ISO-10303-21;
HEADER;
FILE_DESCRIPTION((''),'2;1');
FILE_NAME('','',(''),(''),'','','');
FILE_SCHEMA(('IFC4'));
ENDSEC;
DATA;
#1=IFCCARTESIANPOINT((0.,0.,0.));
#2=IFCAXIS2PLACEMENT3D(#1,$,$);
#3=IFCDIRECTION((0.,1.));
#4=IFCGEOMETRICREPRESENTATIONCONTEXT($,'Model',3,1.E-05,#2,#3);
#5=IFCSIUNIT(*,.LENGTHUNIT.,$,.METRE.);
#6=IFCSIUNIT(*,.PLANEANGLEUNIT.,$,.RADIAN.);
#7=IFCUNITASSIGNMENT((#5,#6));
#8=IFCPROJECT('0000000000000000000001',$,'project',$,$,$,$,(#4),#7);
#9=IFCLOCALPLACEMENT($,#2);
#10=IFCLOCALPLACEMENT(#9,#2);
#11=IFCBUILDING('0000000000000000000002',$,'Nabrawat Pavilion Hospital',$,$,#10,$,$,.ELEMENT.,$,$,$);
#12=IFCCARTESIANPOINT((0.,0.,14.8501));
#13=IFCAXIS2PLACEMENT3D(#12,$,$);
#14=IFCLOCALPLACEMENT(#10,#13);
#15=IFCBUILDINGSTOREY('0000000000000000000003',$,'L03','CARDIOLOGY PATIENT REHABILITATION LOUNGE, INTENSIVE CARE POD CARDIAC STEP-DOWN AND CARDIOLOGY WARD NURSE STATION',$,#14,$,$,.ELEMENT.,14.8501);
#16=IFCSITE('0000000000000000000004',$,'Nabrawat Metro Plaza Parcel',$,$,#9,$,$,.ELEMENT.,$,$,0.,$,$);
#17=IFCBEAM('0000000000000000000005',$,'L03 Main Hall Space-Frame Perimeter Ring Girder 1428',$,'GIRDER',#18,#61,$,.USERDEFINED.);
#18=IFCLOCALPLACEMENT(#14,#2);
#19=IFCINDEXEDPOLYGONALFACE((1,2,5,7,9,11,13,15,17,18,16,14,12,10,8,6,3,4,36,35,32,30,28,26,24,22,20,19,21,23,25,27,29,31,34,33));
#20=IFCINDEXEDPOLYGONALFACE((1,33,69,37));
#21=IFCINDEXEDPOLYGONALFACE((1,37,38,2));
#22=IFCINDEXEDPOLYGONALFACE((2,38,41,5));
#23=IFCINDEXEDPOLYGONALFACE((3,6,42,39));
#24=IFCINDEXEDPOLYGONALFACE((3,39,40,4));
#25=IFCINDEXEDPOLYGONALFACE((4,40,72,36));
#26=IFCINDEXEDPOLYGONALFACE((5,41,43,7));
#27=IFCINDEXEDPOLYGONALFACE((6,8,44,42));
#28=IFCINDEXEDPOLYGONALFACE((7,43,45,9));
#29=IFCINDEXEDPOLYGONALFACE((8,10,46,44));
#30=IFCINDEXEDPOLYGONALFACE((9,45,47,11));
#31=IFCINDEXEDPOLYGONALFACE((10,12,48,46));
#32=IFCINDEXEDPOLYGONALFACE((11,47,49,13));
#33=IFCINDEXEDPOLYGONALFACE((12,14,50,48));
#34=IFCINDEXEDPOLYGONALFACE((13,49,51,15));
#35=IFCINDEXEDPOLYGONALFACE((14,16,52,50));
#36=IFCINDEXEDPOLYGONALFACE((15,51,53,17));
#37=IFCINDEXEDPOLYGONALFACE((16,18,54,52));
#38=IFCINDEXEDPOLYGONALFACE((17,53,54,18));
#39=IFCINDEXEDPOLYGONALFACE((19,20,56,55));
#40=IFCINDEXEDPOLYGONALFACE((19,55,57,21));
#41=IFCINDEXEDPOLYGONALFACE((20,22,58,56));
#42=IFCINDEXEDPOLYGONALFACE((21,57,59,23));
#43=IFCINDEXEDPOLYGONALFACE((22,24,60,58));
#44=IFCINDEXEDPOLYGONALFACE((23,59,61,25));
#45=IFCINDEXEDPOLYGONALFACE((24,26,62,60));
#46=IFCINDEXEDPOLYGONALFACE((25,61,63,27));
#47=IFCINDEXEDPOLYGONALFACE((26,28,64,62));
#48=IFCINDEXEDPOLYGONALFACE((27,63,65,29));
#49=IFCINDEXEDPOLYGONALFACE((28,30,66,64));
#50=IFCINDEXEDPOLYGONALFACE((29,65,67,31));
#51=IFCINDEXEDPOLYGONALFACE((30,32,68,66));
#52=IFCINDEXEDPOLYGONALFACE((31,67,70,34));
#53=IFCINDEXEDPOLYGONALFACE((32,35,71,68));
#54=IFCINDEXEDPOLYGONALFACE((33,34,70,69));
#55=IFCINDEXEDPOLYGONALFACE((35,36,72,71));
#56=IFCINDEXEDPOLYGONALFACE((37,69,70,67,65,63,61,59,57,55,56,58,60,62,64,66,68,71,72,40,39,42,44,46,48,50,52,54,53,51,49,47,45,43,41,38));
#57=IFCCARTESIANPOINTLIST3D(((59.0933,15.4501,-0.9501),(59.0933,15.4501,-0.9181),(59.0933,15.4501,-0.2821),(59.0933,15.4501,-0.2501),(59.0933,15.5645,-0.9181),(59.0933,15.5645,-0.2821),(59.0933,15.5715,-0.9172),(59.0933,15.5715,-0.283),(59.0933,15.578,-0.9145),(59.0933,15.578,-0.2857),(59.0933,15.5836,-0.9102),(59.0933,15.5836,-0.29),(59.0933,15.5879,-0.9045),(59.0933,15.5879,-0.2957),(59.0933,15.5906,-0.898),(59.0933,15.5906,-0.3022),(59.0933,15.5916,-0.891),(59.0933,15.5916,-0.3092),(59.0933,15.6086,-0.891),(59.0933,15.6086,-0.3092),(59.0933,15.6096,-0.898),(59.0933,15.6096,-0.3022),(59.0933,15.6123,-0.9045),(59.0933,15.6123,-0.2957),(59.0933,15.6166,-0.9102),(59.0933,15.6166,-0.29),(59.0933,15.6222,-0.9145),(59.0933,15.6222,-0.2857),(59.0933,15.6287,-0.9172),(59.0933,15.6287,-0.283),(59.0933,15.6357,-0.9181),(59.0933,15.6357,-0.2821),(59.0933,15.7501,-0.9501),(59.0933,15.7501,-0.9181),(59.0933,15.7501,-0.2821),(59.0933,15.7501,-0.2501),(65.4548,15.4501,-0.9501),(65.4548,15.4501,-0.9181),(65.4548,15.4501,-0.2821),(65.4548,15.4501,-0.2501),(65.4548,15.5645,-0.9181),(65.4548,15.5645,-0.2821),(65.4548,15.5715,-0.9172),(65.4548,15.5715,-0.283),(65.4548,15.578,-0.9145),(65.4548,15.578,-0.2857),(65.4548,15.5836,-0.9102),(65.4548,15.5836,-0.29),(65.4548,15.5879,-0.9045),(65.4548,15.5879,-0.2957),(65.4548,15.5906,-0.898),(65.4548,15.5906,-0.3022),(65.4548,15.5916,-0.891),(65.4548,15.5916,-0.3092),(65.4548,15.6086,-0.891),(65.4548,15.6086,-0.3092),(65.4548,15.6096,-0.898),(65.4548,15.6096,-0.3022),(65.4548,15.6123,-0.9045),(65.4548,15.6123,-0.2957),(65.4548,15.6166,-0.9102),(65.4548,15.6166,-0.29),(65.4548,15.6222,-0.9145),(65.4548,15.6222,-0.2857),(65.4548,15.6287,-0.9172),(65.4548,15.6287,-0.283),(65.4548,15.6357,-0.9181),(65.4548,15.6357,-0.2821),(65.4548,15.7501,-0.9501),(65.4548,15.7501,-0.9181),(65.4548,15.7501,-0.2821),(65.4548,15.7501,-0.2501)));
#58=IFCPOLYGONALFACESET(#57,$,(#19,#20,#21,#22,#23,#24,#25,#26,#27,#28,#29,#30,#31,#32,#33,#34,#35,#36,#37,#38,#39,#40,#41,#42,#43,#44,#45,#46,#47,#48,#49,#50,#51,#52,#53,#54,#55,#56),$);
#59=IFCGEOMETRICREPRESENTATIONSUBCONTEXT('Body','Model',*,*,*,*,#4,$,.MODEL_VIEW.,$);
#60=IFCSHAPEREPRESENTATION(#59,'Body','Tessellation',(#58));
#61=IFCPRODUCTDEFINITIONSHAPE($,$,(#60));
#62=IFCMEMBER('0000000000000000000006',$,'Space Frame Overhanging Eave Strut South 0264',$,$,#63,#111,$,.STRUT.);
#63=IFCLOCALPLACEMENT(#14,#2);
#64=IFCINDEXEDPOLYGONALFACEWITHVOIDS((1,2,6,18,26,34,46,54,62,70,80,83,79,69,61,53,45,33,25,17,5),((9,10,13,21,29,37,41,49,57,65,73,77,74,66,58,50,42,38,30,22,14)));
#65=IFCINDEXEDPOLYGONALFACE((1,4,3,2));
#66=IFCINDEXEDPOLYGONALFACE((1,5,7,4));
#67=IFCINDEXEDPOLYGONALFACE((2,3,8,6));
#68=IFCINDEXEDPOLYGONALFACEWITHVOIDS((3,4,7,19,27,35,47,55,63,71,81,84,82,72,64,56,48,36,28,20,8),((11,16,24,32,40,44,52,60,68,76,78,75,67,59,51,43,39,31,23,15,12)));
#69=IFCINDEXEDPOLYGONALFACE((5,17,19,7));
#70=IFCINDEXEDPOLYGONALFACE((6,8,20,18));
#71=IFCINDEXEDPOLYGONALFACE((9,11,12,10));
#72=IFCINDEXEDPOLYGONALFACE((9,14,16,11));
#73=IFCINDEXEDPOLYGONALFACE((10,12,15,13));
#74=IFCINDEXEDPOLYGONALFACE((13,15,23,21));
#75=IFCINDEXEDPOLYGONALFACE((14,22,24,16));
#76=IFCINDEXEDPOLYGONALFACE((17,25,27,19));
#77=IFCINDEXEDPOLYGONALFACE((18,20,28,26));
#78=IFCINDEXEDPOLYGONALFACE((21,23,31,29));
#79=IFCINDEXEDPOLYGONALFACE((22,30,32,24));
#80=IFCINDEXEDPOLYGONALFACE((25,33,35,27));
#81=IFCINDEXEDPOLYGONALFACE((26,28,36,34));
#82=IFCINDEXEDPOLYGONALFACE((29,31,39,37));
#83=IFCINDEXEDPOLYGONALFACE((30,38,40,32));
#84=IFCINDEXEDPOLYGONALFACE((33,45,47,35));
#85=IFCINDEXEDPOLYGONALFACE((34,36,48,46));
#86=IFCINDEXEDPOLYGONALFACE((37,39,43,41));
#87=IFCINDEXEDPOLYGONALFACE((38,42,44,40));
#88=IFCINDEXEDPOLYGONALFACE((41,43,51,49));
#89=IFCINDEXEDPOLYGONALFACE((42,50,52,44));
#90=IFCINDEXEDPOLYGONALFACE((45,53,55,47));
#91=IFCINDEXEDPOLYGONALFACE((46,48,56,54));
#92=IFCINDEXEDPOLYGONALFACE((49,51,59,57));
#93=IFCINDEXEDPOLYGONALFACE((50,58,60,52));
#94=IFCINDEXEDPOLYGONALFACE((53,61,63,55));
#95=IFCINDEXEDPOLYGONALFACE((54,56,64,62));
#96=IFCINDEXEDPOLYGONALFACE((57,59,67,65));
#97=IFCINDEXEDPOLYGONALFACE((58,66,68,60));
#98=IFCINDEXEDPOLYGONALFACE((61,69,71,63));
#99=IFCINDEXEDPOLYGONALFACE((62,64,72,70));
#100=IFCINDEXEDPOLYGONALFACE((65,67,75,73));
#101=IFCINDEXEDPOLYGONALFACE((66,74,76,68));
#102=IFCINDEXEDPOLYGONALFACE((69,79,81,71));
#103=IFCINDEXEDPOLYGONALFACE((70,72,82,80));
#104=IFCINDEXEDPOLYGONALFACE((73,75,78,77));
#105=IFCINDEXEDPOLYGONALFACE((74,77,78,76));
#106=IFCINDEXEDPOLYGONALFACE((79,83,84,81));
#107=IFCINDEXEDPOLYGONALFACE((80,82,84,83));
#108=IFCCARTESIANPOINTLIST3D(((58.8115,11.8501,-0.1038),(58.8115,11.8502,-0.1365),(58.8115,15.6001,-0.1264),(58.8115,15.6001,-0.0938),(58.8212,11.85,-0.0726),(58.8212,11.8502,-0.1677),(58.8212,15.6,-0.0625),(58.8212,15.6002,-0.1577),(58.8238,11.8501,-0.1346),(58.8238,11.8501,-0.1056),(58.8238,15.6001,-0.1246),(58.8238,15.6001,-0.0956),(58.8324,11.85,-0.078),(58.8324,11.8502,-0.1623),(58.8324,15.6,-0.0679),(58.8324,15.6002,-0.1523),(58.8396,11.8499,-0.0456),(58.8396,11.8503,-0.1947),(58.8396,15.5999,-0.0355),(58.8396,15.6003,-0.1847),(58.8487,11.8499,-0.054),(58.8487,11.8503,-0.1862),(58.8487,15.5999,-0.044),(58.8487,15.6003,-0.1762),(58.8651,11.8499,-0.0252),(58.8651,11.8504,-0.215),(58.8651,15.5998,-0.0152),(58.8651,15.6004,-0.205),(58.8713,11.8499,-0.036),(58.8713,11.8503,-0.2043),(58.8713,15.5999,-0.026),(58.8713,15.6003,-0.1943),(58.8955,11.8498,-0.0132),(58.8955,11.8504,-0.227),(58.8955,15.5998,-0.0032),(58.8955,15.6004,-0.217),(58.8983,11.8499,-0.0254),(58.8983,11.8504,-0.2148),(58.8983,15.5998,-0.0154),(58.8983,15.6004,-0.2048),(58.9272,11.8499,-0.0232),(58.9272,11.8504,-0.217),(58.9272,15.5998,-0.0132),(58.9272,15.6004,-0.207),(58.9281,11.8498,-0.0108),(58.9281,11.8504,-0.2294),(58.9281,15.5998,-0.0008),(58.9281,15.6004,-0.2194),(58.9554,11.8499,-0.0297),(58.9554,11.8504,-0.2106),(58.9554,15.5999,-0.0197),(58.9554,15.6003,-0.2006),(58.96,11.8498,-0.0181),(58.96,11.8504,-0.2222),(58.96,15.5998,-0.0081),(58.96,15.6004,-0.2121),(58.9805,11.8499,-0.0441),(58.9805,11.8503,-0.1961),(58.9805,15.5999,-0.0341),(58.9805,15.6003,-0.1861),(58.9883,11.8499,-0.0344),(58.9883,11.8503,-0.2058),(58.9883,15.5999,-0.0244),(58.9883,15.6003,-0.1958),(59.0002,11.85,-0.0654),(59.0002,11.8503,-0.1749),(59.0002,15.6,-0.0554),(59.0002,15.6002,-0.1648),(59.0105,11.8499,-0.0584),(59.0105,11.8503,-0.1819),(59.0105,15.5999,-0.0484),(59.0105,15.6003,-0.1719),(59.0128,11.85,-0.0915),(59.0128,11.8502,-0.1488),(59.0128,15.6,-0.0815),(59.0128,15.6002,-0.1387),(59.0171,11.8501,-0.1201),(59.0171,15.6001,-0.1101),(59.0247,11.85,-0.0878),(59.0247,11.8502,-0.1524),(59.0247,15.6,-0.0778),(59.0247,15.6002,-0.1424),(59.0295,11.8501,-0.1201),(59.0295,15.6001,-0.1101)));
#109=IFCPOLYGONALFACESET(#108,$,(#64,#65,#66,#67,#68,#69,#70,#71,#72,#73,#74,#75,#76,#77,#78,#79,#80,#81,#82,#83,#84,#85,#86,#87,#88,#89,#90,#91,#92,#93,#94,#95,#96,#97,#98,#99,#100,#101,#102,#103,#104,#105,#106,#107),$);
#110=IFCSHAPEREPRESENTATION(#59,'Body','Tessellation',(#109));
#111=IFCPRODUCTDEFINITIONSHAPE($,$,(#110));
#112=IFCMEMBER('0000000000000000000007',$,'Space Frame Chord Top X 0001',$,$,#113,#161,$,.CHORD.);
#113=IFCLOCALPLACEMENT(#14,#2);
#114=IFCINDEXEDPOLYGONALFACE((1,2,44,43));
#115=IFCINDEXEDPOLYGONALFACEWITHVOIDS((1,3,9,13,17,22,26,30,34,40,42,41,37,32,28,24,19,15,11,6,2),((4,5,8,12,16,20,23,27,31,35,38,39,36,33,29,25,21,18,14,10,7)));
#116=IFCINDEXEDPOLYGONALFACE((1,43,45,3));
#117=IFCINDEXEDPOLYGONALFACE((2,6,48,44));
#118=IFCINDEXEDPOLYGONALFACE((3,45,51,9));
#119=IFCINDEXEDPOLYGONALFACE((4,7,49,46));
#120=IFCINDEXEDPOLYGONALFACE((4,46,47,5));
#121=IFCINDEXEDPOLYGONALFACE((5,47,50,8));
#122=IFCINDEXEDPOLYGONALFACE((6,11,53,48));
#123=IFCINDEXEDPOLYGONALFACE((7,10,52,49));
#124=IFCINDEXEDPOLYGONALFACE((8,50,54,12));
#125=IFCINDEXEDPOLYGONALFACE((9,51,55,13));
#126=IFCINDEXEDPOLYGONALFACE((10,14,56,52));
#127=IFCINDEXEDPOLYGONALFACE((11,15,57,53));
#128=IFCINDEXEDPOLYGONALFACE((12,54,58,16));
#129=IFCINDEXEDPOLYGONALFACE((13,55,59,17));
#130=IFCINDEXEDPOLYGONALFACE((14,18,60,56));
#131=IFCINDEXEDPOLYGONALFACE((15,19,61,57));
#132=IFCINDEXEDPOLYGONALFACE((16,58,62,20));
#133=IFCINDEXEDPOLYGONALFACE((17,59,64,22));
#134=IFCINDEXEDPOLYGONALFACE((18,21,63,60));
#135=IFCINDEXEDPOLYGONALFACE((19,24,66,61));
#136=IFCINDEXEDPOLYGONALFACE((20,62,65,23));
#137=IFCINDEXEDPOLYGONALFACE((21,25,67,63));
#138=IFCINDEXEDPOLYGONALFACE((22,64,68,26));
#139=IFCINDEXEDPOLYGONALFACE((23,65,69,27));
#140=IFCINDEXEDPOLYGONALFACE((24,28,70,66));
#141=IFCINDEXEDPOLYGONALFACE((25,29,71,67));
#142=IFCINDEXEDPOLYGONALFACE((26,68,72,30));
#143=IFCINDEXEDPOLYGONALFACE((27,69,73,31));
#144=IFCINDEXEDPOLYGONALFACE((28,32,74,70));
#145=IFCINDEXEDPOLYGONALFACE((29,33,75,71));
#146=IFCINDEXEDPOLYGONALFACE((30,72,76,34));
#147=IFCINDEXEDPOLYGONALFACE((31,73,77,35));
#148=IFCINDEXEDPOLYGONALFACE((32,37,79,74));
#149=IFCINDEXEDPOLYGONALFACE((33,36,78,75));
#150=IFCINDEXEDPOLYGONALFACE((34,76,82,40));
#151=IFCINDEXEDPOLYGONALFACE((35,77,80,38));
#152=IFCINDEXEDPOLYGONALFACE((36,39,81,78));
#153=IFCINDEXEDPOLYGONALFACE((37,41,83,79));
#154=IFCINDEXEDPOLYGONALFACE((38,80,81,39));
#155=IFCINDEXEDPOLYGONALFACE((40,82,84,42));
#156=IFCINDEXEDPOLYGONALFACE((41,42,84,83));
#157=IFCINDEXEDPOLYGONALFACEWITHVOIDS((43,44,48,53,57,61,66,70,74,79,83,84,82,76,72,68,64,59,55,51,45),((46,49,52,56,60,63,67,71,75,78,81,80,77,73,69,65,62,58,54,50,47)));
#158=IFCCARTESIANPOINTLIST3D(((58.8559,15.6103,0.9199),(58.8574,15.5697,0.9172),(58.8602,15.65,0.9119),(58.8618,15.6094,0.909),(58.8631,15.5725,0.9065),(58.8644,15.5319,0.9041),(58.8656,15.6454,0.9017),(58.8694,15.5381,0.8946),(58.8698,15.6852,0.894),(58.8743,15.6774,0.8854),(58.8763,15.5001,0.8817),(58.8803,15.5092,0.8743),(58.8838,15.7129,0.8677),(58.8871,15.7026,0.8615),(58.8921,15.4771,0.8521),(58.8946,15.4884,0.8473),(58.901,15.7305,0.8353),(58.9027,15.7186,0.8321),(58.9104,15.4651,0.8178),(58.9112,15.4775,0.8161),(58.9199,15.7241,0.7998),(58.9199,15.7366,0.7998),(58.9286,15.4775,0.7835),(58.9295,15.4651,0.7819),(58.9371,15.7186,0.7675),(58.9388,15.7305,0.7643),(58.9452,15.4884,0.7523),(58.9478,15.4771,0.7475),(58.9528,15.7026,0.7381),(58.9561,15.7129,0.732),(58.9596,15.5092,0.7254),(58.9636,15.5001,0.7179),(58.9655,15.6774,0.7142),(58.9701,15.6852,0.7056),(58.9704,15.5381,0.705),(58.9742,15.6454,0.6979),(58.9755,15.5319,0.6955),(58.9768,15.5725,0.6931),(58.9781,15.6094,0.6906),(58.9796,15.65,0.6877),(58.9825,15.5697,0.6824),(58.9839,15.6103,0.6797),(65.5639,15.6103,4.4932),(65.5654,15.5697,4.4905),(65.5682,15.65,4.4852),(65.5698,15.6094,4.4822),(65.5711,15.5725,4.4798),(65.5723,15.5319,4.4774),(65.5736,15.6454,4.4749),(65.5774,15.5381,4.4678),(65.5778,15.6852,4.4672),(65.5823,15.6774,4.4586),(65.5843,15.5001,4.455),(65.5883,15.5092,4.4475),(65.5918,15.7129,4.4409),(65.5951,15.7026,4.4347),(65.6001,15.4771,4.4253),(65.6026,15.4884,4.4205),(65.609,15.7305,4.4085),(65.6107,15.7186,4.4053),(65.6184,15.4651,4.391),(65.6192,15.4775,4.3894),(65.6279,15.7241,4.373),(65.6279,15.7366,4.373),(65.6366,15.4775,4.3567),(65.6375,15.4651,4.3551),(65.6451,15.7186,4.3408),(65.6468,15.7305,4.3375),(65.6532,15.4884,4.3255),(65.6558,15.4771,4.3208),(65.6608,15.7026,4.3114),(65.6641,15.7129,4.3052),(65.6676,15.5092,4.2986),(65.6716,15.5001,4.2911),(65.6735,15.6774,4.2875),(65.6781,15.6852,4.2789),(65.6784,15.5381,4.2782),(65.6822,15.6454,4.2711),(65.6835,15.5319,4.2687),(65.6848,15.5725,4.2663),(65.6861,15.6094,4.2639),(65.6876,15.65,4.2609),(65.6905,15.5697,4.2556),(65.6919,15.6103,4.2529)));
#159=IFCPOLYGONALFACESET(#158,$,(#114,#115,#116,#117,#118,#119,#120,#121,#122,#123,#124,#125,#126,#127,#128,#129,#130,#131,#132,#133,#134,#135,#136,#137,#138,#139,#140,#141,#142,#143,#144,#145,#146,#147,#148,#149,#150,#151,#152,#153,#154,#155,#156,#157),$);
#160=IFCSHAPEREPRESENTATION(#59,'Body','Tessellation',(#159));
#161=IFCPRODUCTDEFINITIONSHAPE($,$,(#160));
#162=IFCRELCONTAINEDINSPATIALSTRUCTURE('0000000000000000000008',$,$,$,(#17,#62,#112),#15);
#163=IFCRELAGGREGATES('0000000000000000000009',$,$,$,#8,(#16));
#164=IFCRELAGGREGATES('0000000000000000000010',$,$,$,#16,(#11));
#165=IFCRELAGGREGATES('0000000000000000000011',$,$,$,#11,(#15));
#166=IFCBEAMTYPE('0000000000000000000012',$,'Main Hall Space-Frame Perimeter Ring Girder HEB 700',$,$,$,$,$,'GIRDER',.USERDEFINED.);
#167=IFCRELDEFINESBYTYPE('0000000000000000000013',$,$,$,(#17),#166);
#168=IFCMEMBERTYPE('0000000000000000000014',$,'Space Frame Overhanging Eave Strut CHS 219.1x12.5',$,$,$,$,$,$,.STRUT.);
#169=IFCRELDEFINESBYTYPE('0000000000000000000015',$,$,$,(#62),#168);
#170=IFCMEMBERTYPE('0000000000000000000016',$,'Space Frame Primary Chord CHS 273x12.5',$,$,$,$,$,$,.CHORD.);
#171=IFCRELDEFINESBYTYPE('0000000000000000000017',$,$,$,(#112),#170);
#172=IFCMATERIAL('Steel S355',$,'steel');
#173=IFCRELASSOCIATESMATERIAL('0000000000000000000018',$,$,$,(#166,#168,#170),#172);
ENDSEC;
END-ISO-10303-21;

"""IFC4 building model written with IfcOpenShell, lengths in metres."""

from ifc_helpers import new_model, si_unit, direction, frame, origin, origin_2d, place, context, subcontext, project, spatial, hollow_circle, i_section, extrude, material, material_profile, profile_set, type_object, element, save


model = new_model("IFC4")

# Units and contexts
model_context = context("Model", 3, precision=1e-05, world=origin(), true_north=direction((0.0, 1.0)))
body_context = subcontext(model_context, "Body", "Model", "MODEL_VIEW")
ifc_project = project(units=[si_unit("LENGTHUNIT", "METRE"), si_unit("PLANEANGLEUNIT", "RADIAN")], contexts=[model_context])

# Site, building, storey
site_placement = place(None, origin())
site = spatial("IfcSite", under=ifc_project, at=site_placement, Name="Nabrawat Metro Plaza Parcel", CompositionType="ELEMENT", RefElevation=0.0)
building_placement = place(site_placement, origin())
building = spatial("IfcBuilding", under=site, at=building_placement, Name="Nabrawat Pavilion Hospital", CompositionType="ELEMENT")
storey_placement = place(building_placement, frame((0.0, 0.0, 14.8501)))
storey = spatial("IfcBuildingStorey", under=building, at=storey_placement, Name="L03", Description="CARDIOLOGY PATIENT REHABILITATION LOUNGE, INTENSIVE CARE POD CARDIAC STEP-DOWN AND CARDIOLOGY WARD NURSE STATION", CompositionType="ELEMENT", Elevation=14.8501)

# Beam
ifc_material_1 = material(Name="Steel S355", Category="steel")
ifc_material_profile_1 = material_profile(ifc_material_1, i_section(OverallWidth=0.3, OverallDepth=0.7, WebThickness=0.0171, FlangeThickness=0.032, FilletRadius=0.0271, at=origin_2d()), Name="HEB 700")
ifc_profile_set_1 = profile_set([ifc_material_profile_1], Name="Steel S355")
beam_type = type_object("IfcBeamType", Name="Main Hall Space-Frame Perimeter Ring Girder HEB 700", ElementType="GIRDER", PredefinedType="USERDEFINED", material=ifc_profile_set_1)
beam_placement = place(storey_placement, frame((59.0933, 15.6001, -0.6001), z_axis=(1.0, 0.0, 0.0), x_axis=(0.0, 1.0, 0.0)))
element("IfcBeam", 1, at=beam_placement, inside=storey, type_object=beam_type, Name="L03 Main Hall Space-Frame Perimeter Ring Girder 1428", ObjectType="GIRDER", PredefinedType="USERDEFINED", context=body_context, shape_type="SweptSolid", body=[
    extrude(i_section(OverallWidth=0.3, OverallDepth=0.7, WebThickness=0.0171, FlangeThickness=0.032, FilletRadius=0.0271, at=origin_2d()), origin(), (0.0, 0.0, 1.0), 6.3616),
])

# Members
ifc_material_profile_2 = material_profile(ifc_material_1, hollow_circle(Radius=0.1096, WallThickness=0.0125, at=origin_2d()), Name="CHS 219.1x12.5")
ifc_profile_set_2 = profile_set([ifc_material_profile_2], Name="Steel S355")
member_type_1 = type_object("IfcMemberType", Name="Space Frame Overhanging Eave Strut CHS 219.1x12.5", PredefinedType="STRUT", material=ifc_profile_set_2)
member_1_placement = place(storey_placement, frame((58.9199, 15.6001, -0.1101), z_axis=(0.0, -0.999996, -0.002669), x_axis=(1.0, 0.0, 0.0)))
element("IfcMember", 2, at=member_1_placement, inside=storey, type_object=member_type_1, Name="Space Frame Overhanging Eave Strut South 0264", PredefinedType="STRUT", context=body_context, shape_type="SweptSolid", body=[
    extrude(hollow_circle(Radius=0.1096, WallThickness=0.0125, at=origin_2d()), origin(), (0.0, 0.0, 1.0), 3.75),
])
ifc_material_profile_3 = material_profile(ifc_material_1, hollow_circle(Radius=0.1365, WallThickness=0.0125, at=origin_2d()), Name="CHS 273x12.5")
ifc_profile_set_3 = profile_set([ifc_material_profile_3], Name="Steel S355")
member_type_2 = type_object("IfcMemberType", Name="Space Frame Primary Chord CHS 273x12.5", PredefinedType="CHORD", material=ifc_profile_set_3)
member_2_placement = place(storey_placement, frame((58.9199, 15.6001, 0.7998), z_axis=(0.882591, 0.0, 0.470141), x_axis=(0.0, 1.0, 0.0)))
element("IfcMember", 3, at=member_2_placement, inside=storey, type_object=member_type_2, Name="Space Frame Chord Top X 0001", PredefinedType="CHORD", context=body_context, shape_type="SweptSolid", body=[
    extrude(hollow_circle(Radius=0.1365, WallThickness=0.0125, at=origin_2d()), origin(), (0.0, 0.0, 1.0), 7.6003),
])

save(model, "model.ifc")
